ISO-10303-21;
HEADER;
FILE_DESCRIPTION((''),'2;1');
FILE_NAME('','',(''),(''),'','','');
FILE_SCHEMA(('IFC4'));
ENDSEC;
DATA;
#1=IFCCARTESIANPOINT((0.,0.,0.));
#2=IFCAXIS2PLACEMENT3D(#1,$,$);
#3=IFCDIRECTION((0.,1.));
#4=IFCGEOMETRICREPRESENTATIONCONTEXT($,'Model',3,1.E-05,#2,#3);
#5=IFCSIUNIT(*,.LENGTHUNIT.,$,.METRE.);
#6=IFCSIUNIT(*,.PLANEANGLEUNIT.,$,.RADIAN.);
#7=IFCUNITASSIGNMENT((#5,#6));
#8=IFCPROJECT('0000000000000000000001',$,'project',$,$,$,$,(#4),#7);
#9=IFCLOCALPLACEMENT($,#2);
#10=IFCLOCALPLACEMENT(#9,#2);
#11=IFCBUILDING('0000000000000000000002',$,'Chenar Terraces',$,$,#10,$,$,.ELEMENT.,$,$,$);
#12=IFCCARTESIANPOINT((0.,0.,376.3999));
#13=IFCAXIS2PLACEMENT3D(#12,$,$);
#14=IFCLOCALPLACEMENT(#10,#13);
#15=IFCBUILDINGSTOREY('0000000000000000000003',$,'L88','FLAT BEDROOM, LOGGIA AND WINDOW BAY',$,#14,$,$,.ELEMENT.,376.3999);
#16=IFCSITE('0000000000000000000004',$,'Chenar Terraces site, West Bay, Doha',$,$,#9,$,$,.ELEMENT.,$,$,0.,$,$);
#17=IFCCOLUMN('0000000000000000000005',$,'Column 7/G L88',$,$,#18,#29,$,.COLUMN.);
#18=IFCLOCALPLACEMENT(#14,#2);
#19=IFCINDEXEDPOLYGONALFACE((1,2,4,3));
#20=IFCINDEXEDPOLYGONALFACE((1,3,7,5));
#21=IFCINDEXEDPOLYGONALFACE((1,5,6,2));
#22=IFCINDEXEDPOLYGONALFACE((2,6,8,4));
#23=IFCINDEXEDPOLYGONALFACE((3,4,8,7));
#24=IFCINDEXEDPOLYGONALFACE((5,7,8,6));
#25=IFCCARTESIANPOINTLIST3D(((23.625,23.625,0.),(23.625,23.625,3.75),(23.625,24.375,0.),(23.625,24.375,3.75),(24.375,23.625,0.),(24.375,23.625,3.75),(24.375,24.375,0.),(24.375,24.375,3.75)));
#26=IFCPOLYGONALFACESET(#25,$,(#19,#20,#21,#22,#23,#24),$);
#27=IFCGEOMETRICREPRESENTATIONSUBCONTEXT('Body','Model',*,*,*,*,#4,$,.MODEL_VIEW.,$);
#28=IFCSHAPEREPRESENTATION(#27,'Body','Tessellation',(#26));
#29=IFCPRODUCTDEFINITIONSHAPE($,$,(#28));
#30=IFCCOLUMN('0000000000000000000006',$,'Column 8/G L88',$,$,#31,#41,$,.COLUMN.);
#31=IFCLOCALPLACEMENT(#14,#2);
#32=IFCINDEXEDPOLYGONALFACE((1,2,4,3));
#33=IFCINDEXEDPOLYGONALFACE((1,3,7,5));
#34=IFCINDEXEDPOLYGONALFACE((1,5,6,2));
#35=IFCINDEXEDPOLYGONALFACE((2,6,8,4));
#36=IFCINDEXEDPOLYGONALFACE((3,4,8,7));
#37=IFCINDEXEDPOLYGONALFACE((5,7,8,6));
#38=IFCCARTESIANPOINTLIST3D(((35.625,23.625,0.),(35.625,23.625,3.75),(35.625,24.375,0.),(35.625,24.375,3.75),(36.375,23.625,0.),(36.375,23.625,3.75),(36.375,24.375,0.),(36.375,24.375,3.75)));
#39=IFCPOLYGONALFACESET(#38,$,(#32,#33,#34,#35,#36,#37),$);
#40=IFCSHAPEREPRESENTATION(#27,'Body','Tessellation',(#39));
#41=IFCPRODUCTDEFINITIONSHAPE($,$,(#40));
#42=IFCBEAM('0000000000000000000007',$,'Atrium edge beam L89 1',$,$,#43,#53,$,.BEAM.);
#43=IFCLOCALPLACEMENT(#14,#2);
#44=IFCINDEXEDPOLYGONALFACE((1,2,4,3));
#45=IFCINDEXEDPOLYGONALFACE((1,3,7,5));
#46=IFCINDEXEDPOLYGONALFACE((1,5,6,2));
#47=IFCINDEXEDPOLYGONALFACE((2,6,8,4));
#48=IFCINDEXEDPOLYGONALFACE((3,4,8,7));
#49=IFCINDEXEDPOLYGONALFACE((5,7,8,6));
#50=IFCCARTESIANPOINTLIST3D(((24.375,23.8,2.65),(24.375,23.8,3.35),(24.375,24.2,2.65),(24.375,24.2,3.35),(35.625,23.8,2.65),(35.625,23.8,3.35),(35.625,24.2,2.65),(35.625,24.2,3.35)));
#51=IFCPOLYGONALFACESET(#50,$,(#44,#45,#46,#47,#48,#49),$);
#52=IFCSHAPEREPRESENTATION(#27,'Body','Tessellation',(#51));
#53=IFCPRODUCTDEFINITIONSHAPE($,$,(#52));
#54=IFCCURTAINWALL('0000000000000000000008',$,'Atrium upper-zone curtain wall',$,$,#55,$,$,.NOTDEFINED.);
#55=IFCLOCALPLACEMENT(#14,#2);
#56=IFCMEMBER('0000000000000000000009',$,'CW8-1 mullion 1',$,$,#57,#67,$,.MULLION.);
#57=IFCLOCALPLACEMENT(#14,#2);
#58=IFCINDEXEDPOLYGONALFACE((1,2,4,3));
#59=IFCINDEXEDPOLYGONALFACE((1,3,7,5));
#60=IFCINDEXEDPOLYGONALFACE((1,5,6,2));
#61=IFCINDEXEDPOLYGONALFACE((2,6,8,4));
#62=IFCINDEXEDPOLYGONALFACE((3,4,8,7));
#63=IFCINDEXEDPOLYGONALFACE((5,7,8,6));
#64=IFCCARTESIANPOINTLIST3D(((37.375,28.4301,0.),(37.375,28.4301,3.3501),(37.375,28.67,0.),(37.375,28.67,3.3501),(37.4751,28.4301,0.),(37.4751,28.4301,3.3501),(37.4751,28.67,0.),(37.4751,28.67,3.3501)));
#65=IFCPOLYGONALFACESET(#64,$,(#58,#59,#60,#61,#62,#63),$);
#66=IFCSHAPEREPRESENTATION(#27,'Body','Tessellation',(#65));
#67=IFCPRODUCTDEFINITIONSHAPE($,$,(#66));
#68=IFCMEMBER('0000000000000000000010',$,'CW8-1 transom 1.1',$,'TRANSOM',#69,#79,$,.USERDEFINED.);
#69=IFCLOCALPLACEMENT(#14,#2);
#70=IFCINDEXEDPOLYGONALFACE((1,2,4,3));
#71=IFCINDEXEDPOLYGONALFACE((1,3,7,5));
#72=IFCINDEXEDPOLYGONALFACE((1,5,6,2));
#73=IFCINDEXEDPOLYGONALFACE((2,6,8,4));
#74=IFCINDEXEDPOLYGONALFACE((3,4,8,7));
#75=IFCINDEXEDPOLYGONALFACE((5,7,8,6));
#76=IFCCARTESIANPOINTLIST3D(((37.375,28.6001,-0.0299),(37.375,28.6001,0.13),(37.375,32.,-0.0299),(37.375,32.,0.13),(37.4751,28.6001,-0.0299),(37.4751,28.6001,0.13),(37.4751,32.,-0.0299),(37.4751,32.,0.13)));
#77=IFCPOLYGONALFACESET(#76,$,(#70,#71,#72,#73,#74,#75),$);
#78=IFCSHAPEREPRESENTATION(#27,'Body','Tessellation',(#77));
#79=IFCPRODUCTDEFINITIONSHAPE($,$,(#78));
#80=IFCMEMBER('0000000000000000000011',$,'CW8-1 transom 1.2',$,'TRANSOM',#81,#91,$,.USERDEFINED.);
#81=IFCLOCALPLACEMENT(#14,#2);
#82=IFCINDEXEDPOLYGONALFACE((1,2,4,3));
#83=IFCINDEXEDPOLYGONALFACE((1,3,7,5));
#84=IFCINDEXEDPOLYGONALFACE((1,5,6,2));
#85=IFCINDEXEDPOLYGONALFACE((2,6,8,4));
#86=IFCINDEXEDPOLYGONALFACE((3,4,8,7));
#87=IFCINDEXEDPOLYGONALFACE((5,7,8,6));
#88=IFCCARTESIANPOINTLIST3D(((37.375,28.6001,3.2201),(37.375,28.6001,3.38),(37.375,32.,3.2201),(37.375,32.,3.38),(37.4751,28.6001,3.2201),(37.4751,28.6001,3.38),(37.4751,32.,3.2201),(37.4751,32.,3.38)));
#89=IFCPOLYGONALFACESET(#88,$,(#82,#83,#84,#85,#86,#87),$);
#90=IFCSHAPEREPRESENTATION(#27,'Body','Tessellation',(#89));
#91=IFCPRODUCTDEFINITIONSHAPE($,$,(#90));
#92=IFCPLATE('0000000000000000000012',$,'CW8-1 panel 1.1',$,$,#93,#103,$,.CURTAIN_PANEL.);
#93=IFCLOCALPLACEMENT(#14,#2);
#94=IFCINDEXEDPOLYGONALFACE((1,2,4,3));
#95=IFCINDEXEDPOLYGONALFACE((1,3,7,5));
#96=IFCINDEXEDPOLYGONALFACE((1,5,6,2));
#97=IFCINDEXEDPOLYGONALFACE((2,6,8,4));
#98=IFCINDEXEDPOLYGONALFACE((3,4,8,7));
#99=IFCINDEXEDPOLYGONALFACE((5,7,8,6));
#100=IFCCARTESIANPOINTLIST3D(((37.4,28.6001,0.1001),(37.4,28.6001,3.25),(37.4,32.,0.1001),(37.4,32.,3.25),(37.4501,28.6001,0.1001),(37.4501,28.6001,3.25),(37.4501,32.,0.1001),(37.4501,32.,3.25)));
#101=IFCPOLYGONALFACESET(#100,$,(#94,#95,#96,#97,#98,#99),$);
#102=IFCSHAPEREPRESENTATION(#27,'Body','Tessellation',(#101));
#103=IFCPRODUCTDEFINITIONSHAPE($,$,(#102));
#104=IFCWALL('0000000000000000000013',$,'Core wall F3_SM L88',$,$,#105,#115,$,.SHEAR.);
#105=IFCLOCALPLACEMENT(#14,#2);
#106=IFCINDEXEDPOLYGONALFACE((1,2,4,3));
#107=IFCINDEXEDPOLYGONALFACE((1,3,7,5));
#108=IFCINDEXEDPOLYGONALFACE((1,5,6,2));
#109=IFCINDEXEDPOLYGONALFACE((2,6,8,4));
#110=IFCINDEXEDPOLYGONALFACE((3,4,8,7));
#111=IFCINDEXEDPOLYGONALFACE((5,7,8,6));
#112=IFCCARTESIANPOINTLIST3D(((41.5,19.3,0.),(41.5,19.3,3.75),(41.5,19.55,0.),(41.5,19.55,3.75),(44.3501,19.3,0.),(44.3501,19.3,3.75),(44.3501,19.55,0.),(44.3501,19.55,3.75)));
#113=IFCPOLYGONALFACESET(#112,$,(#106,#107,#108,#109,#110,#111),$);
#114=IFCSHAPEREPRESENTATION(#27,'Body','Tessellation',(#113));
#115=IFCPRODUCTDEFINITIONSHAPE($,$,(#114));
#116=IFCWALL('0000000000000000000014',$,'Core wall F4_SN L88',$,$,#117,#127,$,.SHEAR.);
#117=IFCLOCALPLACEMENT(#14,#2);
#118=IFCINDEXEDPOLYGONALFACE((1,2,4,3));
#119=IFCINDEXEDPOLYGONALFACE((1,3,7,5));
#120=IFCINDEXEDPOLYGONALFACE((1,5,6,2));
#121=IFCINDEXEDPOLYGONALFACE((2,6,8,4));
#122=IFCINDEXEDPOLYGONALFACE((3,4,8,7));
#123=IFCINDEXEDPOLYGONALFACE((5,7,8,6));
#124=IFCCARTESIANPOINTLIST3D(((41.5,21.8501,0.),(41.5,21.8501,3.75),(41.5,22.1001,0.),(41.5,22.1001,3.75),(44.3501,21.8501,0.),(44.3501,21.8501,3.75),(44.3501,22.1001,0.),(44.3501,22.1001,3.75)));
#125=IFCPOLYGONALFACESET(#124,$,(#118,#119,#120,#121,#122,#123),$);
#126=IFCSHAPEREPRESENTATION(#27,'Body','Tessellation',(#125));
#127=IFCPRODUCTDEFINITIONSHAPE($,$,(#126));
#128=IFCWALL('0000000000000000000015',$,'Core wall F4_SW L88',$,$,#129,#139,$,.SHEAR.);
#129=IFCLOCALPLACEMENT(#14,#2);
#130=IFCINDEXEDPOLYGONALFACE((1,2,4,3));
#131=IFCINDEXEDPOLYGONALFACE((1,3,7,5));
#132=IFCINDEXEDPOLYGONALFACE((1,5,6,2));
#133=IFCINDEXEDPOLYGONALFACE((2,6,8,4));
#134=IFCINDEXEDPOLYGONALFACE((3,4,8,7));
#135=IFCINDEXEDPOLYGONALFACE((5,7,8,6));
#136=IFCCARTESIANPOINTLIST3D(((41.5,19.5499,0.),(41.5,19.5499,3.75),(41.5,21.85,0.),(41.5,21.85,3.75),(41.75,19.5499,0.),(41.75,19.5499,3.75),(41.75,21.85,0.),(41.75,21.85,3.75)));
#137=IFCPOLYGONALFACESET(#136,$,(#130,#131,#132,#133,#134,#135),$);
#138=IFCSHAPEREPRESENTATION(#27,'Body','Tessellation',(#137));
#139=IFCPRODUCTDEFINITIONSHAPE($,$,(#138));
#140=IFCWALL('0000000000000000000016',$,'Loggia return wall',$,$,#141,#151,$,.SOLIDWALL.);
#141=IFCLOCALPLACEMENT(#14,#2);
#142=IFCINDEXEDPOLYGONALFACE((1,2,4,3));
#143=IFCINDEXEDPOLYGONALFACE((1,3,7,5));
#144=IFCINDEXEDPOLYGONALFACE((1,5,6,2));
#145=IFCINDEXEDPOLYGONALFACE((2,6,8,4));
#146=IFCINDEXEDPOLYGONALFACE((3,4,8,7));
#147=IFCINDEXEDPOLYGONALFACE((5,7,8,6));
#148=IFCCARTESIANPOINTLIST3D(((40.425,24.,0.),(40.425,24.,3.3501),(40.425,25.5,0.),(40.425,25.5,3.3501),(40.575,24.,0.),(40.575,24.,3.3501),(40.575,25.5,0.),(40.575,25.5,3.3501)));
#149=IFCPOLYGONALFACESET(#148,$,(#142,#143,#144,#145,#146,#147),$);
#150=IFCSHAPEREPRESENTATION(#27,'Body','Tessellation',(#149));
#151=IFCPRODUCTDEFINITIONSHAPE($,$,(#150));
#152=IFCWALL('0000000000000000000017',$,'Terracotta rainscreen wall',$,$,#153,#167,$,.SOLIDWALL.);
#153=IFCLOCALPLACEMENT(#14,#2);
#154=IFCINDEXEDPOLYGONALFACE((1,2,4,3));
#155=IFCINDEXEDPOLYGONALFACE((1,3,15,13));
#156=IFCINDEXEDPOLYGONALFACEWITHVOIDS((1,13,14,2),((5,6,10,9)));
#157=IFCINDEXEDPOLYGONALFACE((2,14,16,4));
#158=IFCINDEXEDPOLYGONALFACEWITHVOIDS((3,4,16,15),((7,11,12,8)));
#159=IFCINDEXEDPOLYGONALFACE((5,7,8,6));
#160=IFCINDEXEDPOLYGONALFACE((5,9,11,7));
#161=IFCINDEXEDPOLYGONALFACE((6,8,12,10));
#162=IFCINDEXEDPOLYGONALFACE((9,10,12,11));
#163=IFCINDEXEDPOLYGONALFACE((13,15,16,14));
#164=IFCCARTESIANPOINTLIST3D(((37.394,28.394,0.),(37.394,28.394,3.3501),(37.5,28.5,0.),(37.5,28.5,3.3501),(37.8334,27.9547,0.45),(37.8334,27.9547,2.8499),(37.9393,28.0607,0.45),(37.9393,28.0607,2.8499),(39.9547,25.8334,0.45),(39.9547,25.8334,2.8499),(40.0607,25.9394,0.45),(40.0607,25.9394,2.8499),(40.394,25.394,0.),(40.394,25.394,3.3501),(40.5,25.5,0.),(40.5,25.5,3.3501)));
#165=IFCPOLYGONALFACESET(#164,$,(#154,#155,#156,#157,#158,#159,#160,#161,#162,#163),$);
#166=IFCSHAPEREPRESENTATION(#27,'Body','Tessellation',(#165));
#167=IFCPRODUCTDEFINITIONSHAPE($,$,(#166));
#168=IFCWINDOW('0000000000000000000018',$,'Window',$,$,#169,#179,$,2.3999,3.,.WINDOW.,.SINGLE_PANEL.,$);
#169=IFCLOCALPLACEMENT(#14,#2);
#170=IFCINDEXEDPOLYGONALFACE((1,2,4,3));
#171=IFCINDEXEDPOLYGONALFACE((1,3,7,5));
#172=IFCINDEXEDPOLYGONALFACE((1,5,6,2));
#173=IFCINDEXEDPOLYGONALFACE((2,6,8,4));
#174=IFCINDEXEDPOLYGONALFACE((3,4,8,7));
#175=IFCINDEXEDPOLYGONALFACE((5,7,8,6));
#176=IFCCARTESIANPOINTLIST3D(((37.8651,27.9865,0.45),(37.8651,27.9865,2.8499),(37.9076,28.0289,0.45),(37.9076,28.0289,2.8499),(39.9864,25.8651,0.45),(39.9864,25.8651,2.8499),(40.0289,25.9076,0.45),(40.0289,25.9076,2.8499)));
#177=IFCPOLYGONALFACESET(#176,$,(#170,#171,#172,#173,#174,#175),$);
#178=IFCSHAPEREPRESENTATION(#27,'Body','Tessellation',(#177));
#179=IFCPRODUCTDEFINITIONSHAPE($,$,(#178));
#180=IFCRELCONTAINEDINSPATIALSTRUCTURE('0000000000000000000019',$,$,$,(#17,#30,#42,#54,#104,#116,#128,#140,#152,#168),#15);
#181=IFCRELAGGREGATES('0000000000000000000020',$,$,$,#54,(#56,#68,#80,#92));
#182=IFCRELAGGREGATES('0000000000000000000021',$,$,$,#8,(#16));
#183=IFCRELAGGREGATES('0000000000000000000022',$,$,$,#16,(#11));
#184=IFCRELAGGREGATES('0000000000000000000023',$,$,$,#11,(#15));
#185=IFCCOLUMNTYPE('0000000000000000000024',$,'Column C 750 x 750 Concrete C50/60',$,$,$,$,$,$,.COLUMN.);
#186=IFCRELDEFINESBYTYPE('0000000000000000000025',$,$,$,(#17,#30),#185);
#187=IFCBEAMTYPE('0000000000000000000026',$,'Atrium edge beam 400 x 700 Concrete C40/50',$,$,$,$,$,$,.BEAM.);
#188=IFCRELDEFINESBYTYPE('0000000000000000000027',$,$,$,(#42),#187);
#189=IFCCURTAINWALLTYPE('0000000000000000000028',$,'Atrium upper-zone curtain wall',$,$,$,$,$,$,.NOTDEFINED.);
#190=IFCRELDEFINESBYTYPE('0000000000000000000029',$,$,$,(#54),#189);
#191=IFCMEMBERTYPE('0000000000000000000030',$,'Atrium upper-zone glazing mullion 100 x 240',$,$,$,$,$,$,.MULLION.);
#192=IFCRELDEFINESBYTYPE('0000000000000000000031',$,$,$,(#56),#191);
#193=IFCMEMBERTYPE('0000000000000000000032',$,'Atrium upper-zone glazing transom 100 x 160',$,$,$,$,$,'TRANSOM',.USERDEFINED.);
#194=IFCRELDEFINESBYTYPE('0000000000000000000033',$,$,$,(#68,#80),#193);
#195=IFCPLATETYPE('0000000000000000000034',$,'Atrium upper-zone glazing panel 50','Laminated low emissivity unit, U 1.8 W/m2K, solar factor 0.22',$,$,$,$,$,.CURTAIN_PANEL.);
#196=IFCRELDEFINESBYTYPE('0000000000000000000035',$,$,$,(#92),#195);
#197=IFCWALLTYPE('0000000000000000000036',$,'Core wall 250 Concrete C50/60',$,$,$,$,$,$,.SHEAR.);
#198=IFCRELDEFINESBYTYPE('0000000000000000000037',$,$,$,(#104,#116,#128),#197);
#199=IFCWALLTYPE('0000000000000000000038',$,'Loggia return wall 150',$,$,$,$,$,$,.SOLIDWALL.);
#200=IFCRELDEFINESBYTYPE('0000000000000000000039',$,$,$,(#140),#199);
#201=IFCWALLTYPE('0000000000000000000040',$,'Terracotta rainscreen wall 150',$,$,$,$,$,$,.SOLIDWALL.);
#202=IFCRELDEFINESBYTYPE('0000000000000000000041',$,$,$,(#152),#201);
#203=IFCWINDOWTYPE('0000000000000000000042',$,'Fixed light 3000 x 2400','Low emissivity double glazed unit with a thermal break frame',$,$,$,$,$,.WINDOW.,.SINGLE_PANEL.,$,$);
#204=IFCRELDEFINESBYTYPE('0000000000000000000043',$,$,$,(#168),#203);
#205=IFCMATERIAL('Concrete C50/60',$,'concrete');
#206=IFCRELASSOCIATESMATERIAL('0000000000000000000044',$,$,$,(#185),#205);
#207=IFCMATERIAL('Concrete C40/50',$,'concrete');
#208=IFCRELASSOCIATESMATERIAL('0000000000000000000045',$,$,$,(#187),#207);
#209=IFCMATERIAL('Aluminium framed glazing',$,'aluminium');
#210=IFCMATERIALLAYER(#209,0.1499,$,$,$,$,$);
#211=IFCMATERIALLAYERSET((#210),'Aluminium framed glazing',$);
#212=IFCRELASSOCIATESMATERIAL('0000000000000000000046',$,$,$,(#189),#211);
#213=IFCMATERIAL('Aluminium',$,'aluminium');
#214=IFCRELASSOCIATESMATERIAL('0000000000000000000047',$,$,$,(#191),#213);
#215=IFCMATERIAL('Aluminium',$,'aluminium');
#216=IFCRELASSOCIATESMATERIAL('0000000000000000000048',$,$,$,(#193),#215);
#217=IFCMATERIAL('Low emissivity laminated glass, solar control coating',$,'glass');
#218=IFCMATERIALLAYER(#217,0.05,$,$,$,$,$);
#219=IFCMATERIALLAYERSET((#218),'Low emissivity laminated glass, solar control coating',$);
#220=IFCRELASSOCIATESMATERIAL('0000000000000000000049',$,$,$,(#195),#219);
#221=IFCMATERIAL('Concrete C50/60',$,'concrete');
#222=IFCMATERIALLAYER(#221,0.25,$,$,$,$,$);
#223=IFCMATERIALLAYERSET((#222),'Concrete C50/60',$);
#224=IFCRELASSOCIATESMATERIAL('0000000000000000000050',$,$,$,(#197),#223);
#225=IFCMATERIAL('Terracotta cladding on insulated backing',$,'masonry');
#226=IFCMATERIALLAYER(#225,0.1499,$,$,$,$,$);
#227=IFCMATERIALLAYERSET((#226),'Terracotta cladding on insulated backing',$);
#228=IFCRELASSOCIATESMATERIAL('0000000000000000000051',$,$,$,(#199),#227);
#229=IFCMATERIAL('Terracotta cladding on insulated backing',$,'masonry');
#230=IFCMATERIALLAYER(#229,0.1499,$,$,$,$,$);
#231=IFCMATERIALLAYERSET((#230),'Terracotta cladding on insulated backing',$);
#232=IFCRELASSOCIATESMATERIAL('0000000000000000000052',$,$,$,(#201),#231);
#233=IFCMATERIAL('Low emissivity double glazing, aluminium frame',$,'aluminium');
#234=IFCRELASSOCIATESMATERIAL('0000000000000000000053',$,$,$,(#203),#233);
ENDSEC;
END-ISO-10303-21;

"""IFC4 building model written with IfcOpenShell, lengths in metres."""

from ifc_helpers import new_model, si_unit, direction, frame, frame_2d, origin, origin_2d, place, context, subcontext, project, spatial, rectangle, extrude, material, layer, layer_set, material_profile, profile_set, type_object, element, fill, aggregate, save


model = new_model("IFC4")

# Units and contexts
model_context = context("Model", 3, precision=1e-05, world=origin(), true_north=direction((0.0, 1.0)))
body_context = subcontext(model_context, "Body", "Model", "MODEL_VIEW")
ifc_project = project(units=[si_unit("LENGTHUNIT", "METRE"), si_unit("PLANEANGLEUNIT", "RADIAN")], contexts=[model_context])

# Site, building, storey
site_placement = place(None, origin())
site = spatial("IfcSite", under=ifc_project, at=site_placement, Name="Chenar Terraces site, West Bay, Doha", CompositionType="ELEMENT", RefElevation=0.0)
building_placement = place(site_placement, origin())
building = spatial("IfcBuilding", under=site, at=building_placement, Name="Chenar Terraces", CompositionType="ELEMENT")
storey_placement = place(building_placement, frame((0.0, 0.0, 376.3999)))
storey = spatial("IfcBuildingStorey", under=building, at=storey_placement, Name="L88", Description="FLAT BEDROOM, LOGGIA AND WINDOW BAY", CompositionType="ELEMENT", Elevation=376.3999)

# Columns
ifc_material_1 = material(Name="Concrete C50/60", Category="concrete")
ifc_material_profile_1 = material_profile(ifc_material_1, rectangle(XDim=0.75, YDim=0.75, at=origin_2d()), Name="C 750 x 750")
ifc_profile_set_1 = profile_set([ifc_material_profile_1], Name="Concrete C50/60")
column_type = type_object("IfcColumnType", Name="Column C 750 x 750 Concrete C50/60", PredefinedType="COLUMN", material=ifc_profile_set_1)
for number, where, z_axis, x_axis, name in (
    (1, (24.0, 24.0, 0.0), (0.0, 0.0, 1.0), (1.0, 0.0, 0.0), "Column 7/G L88"),
    (2, (36.0, 24.0, 0.0), (0.0, 0.0, 1.0), (1.0, 0.0, 0.0), "Column 8/G L88"),
):
    element("IfcColumn", number, at=place(storey_placement, frame(where, z_axis=z_axis, x_axis=x_axis)), inside=storey, type_object=column_type, Name=name, PredefinedType="COLUMN", context=body_context, shape_type="SweptSolid", body=[
        extrude(rectangle(XDim=0.75, YDim=0.75, at=origin_2d()), origin(), (0.0, 0.0, 1.0), 3.75),
    ])

# Beam
ifc_material_2 = material(Name="Concrete C40/50", Category="concrete")
ifc_material_profile_2 = material_profile(ifc_material_2, rectangle(XDim=0.3999, YDim=0.7, at=origin_2d()), Name="RC 400 x 700")
ifc_profile_set_2 = profile_set([ifc_material_profile_2], Name="Concrete C40/50")
beam_type = type_object("IfcBeamType", Name="Atrium edge beam 400 x 700 Concrete C40/50", PredefinedType="BEAM", material=ifc_profile_set_2)
beam_placement = place(storey_placement, frame((24.375, 24.0, 3.0), z_axis=(1.0, 0.0, 0.0), x_axis=(0.0, 1.0, 0.0)))
element("IfcBeam", 3, at=beam_placement, inside=storey, type_object=beam_type, Name="Atrium edge beam L89 1", PredefinedType="BEAM", context=body_context, shape_type="SweptSolid", body=[
    extrude(rectangle(XDim=0.3999, YDim=0.7, at=origin_2d()), origin(), (0.0, 0.0, 1.0), 11.25),
])

# Curtain wall, members, plate
ifc_material_3 = material(Name="Aluminium framed glazing", Category="aluminium")
ifc_layer_1 = layer(ifc_material_3, 0.1499)
ifc_layer_set_1 = layer_set([ifc_layer_1], Name="Aluminium framed glazing")
curtain_wall_type = type_object("IfcCurtainWallType", Name="Atrium upper-zone curtain wall", PredefinedType="NOTDEFINED", material=ifc_layer_set_1)
curtain_wall_placement = place(storey_placement, origin())
curtain_wall = element("IfcCurtainWall", 4, at=curtain_wall_placement, inside=storey, type_object=curtain_wall_type, Name="Atrium upper-zone curtain wall", PredefinedType="NOTDEFINED")
ifc_material_4 = material(Name="Aluminium", Category="aluminium")
ifc_material_profile_3 = material_profile(ifc_material_4, rectangle(XDim=0.1001, YDim=0.24, at=origin_2d()), Name="Atrium upper-zone glazing mullion 100 x 240")
ifc_profile_set_3 = profile_set([ifc_material_profile_3], Name="Aluminium")
member_type_1 = type_object("IfcMemberType", Name="Atrium upper-zone glazing mullion 100 x 240", PredefinedType="MULLION", material=ifc_profile_set_3)
member_1_placement = place(storey_placement, frame((37.425, 28.55, 0.0), z_axis=(0.0, 0.0, 1.0), x_axis=(-1.0, 0.0, 0.0)))
member_1 = element("IfcMember", 5, at=member_1_placement, type_object=member_type_1, Name="CW8-1 mullion 1", PredefinedType="MULLION", context=body_context, shape_type="SweptSolid", body=[
    extrude(rectangle(XDim=0.1001, YDim=0.24, at=origin_2d()), origin(), (0.0, 0.0, 1.0), 3.3501),
])
ifc_material_5 = material(Name="Aluminium", Category="aluminium")
ifc_material_profile_4 = material_profile(ifc_material_5, rectangle(XDim=0.1001, YDim=0.1599, at=origin_2d()), Name="Atrium upper-zone glazing transom 100 x 160")
ifc_profile_set_4 = profile_set([ifc_material_profile_4], Name="Aluminium")
member_type_2 = type_object("IfcMemberType", Name="Atrium upper-zone glazing transom 100 x 160", ElementType="TRANSOM", PredefinedType="USERDEFINED", material=ifc_profile_set_4)
member_2_placement = place(storey_placement, frame((37.425, 28.6001, 0.05), z_axis=(0.0, 1.0, 0.0), x_axis=(-1.0, 0.0, 0.0)))
member_2 = element("IfcMember", 6, at=member_2_placement, type_object=member_type_2, Name="CW8-1 transom 1.1", ObjectType="TRANSOM", PredefinedType="USERDEFINED", context=body_context, shape_type="SweptSolid", body=[
    extrude(rectangle(XDim=0.1001, YDim=0.1599, at=origin_2d()), origin(), (0.0, 0.0, 1.0), 3.3999),
])
member_3_placement = place(storey_placement, frame((37.425, 28.6001, 3.3), z_axis=(0.0, 1.0, 0.0), x_axis=(-1.0, 0.0, 0.0)))
member_3 = element("IfcMember", 7, at=member_3_placement, type_object=member_type_2, Name="CW8-1 transom 1.2", ObjectType="TRANSOM", PredefinedType="USERDEFINED", context=body_context, shape_type="SweptSolid", body=[
    extrude(rectangle(XDim=0.1001, YDim=0.1599, at=origin_2d()), origin(), (0.0, 0.0, 1.0), 3.3999),
])
ifc_material_6 = material(Name="Low emissivity laminated glass, solar control coating", Category="glass")
ifc_layer_2 = layer(ifc_material_6, 0.05)
ifc_layer_set_2 = layer_set([ifc_layer_2], Name="Low emissivity laminated glass, solar control coating")
plate_type = type_object("IfcPlateType", Name="Atrium upper-zone glazing panel 50", Description="Laminated low emissivity unit, U 1.8 W/m2K, solar factor 0.22", PredefinedType="CURTAIN_PANEL", material=ifc_layer_set_2)
plate_placement = place(storey_placement, frame((37.425, 30.3, 0.1001), z_axis=(0.0, 0.0, 1.0), x_axis=(0.0, 1.0, 0.0)))
plate = element("IfcPlate", 8, at=plate_placement, type_object=plate_type, Name="CW8-1 panel 1.1", PredefinedType="CURTAIN_PANEL", context=body_context, shape_type="SweptSolid", body=[
    extrude(rectangle(XDim=3.3999, YDim=0.05, at=origin_2d()), origin(), (0.0, 0.0, 1.0), 3.1499),
])
aggregate(curtain_wall, [member_1, member_2, member_3, plate])

# Walls
ifc_material_7 = material(Name="Concrete C50/60", Category="concrete")
ifc_layer_3 = layer(ifc_material_7, 0.25)
ifc_layer_set_3 = layer_set([ifc_layer_3], Name="Concrete C50/60")
wall_type_1 = type_object("IfcWallType", Name="Core wall 250 Concrete C50/60", PredefinedType="SHEAR", material=ifc_layer_set_3)
for number, where, z_axis, x_axis, name in (
    (9, (41.5, 19.425, 0.0), (0.0, 0.0, 1.0), (1.0, 0.0, 0.0), "Core wall F3_SM L88"),
    (10, (41.5, 21.9751, 0.0), (0.0, 0.0, 1.0), (1.0, 0.0, 0.0), "Core wall F4_SN L88"),
):
    element("IfcWall", number, at=place(storey_placement, frame(where, z_axis=z_axis, x_axis=x_axis)), inside=storey, type_object=wall_type_1, Name=name, PredefinedType="SHEAR", context=body_context, shape_type="SweptSolid", body=[
        extrude(rectangle(XDim=2.8501, YDim=0.25, at=frame_2d((1.425, 0.0))), origin(), (0.0, 0.0, 1.0), 3.75),
    ])
wall_1_placement = place(storey_placement, frame((41.625, 19.55, 0.0), z_axis=(0.0, 0.0, 1.0), x_axis=(0.0, 1.0, 0.0)))
element("IfcWall", 11, at=wall_1_placement, inside=storey, type_object=wall_type_1, Name="Core wall F4_SW L88", PredefinedType="SHEAR", context=body_context, shape_type="SweptSolid", body=[
    extrude(rectangle(XDim=2.3, YDim=0.25, at=frame_2d((1.1499, 0.0))), origin(), (0.0, 0.0, 1.0), 3.75),
])
ifc_material_8 = material(Name="Terracotta cladding on insulated backing", Category="masonry")
ifc_layer_4 = layer(ifc_material_8, 0.1499)
ifc_layer_set_4 = layer_set([ifc_layer_4], Name="Terracotta cladding on insulated backing")
wall_type_2 = type_object("IfcWallType", Name="Loggia return wall 150", PredefinedType="SOLIDWALL", material=ifc_layer_set_4)
wall_2_placement = place(storey_placement, frame((40.5, 25.5, 0.0), z_axis=(0.0, 0.0, 1.0), x_axis=(0.0, -1.0, 0.0)))
element("IfcWall", 12, at=wall_2_placement, inside=storey, type_object=wall_type_2, Name="Loggia return wall", PredefinedType="SOLIDWALL", context=body_context, shape_type="SweptSolid", body=[
    extrude(rectangle(XDim=1.5, YDim=0.1499, at=frame_2d((0.75, 0.0))), origin(), (0.0, 0.0, 1.0), 3.3501),
])

# Wall, opening, window
ifc_material_9 = material(Name="Terracotta cladding on insulated backing", Category="masonry")
ifc_layer_5 = layer(ifc_material_9, 0.1499)
ifc_layer_set_5 = layer_set([ifc_layer_5], Name="Terracotta cladding on insulated backing")
wall_type_3 = type_object("IfcWallType", Name="Terracotta rainscreen wall 150", PredefinedType="SOLIDWALL", material=ifc_layer_set_5)
wall_3_placement = place(storey_placement, frame((40.447, 25.447, 0.0), z_axis=(0.0, 0.0, 1.0), x_axis=(-0.707107, 0.707107, 0.0)))
wall_3 = element("IfcWall", 13, at=wall_3_placement, inside=storey, type_object=wall_type_3, Name="Terracotta rainscreen wall", PredefinedType="SOLIDWALL", context=body_context, shape_type="SweptSolid", body=[
    extrude(rectangle(XDim=4.2427, YDim=0.1499, at=frame_2d((2.1213, 0.0))), origin(), (0.0, 0.0, 1.0), 3.3501),
])
opening_placement = place(wall_3_placement, frame((0.6213, 0.0, 0.45)))
opening = element("IfcOpeningElement", 14, at=opening_placement, cuts=wall_3, PredefinedType="OPENING", context=body_context, shape_type="SweptSolid", body=[
    extrude(rectangle(XDim=3.0, YDim=2.3999, at=frame_2d((1.5, 1.2))), frame((0.0, 0.085, 0.0), z_axis=(0.0, -1.0, 0.0), x_axis=(1.0, 0.0, 0.0)), (0.0, 0.0, 1.0), 0.1699),
])
ifc_material_10 = material(Name="Low emissivity double glazing, aluminium frame", Category="aluminium")
window_type = type_object("IfcWindowType", Name="Fixed light 3000 x 2400", Description="Low emissivity double glazed unit with a thermal break frame", PartitioningType="SINGLE_PANEL", PredefinedType="WINDOW", material=ifc_material_10)
window_placement = place(opening_placement, origin())
window = element("IfcWindow", 15, at=window_placement, inside=storey, type_object=window_type, Name="Window", OverallHeight=2.3999, OverallWidth=3.0, PartitioningType="SINGLE_PANEL", PredefinedType="WINDOW", context=body_context, shape_type="SweptSolid", body=[
    extrude(rectangle(XDim=3.0, YDim=2.3999, at=frame_2d((1.5, 1.2))), frame((0.0, 0.03, 0.0), z_axis=(0.0, -1.0, 0.0), x_axis=(1.0, 0.0, 0.0)), (0.0, 0.0, 1.0), 0.0601),
])
fill(opening, window)

save(model, "model.ifc")
